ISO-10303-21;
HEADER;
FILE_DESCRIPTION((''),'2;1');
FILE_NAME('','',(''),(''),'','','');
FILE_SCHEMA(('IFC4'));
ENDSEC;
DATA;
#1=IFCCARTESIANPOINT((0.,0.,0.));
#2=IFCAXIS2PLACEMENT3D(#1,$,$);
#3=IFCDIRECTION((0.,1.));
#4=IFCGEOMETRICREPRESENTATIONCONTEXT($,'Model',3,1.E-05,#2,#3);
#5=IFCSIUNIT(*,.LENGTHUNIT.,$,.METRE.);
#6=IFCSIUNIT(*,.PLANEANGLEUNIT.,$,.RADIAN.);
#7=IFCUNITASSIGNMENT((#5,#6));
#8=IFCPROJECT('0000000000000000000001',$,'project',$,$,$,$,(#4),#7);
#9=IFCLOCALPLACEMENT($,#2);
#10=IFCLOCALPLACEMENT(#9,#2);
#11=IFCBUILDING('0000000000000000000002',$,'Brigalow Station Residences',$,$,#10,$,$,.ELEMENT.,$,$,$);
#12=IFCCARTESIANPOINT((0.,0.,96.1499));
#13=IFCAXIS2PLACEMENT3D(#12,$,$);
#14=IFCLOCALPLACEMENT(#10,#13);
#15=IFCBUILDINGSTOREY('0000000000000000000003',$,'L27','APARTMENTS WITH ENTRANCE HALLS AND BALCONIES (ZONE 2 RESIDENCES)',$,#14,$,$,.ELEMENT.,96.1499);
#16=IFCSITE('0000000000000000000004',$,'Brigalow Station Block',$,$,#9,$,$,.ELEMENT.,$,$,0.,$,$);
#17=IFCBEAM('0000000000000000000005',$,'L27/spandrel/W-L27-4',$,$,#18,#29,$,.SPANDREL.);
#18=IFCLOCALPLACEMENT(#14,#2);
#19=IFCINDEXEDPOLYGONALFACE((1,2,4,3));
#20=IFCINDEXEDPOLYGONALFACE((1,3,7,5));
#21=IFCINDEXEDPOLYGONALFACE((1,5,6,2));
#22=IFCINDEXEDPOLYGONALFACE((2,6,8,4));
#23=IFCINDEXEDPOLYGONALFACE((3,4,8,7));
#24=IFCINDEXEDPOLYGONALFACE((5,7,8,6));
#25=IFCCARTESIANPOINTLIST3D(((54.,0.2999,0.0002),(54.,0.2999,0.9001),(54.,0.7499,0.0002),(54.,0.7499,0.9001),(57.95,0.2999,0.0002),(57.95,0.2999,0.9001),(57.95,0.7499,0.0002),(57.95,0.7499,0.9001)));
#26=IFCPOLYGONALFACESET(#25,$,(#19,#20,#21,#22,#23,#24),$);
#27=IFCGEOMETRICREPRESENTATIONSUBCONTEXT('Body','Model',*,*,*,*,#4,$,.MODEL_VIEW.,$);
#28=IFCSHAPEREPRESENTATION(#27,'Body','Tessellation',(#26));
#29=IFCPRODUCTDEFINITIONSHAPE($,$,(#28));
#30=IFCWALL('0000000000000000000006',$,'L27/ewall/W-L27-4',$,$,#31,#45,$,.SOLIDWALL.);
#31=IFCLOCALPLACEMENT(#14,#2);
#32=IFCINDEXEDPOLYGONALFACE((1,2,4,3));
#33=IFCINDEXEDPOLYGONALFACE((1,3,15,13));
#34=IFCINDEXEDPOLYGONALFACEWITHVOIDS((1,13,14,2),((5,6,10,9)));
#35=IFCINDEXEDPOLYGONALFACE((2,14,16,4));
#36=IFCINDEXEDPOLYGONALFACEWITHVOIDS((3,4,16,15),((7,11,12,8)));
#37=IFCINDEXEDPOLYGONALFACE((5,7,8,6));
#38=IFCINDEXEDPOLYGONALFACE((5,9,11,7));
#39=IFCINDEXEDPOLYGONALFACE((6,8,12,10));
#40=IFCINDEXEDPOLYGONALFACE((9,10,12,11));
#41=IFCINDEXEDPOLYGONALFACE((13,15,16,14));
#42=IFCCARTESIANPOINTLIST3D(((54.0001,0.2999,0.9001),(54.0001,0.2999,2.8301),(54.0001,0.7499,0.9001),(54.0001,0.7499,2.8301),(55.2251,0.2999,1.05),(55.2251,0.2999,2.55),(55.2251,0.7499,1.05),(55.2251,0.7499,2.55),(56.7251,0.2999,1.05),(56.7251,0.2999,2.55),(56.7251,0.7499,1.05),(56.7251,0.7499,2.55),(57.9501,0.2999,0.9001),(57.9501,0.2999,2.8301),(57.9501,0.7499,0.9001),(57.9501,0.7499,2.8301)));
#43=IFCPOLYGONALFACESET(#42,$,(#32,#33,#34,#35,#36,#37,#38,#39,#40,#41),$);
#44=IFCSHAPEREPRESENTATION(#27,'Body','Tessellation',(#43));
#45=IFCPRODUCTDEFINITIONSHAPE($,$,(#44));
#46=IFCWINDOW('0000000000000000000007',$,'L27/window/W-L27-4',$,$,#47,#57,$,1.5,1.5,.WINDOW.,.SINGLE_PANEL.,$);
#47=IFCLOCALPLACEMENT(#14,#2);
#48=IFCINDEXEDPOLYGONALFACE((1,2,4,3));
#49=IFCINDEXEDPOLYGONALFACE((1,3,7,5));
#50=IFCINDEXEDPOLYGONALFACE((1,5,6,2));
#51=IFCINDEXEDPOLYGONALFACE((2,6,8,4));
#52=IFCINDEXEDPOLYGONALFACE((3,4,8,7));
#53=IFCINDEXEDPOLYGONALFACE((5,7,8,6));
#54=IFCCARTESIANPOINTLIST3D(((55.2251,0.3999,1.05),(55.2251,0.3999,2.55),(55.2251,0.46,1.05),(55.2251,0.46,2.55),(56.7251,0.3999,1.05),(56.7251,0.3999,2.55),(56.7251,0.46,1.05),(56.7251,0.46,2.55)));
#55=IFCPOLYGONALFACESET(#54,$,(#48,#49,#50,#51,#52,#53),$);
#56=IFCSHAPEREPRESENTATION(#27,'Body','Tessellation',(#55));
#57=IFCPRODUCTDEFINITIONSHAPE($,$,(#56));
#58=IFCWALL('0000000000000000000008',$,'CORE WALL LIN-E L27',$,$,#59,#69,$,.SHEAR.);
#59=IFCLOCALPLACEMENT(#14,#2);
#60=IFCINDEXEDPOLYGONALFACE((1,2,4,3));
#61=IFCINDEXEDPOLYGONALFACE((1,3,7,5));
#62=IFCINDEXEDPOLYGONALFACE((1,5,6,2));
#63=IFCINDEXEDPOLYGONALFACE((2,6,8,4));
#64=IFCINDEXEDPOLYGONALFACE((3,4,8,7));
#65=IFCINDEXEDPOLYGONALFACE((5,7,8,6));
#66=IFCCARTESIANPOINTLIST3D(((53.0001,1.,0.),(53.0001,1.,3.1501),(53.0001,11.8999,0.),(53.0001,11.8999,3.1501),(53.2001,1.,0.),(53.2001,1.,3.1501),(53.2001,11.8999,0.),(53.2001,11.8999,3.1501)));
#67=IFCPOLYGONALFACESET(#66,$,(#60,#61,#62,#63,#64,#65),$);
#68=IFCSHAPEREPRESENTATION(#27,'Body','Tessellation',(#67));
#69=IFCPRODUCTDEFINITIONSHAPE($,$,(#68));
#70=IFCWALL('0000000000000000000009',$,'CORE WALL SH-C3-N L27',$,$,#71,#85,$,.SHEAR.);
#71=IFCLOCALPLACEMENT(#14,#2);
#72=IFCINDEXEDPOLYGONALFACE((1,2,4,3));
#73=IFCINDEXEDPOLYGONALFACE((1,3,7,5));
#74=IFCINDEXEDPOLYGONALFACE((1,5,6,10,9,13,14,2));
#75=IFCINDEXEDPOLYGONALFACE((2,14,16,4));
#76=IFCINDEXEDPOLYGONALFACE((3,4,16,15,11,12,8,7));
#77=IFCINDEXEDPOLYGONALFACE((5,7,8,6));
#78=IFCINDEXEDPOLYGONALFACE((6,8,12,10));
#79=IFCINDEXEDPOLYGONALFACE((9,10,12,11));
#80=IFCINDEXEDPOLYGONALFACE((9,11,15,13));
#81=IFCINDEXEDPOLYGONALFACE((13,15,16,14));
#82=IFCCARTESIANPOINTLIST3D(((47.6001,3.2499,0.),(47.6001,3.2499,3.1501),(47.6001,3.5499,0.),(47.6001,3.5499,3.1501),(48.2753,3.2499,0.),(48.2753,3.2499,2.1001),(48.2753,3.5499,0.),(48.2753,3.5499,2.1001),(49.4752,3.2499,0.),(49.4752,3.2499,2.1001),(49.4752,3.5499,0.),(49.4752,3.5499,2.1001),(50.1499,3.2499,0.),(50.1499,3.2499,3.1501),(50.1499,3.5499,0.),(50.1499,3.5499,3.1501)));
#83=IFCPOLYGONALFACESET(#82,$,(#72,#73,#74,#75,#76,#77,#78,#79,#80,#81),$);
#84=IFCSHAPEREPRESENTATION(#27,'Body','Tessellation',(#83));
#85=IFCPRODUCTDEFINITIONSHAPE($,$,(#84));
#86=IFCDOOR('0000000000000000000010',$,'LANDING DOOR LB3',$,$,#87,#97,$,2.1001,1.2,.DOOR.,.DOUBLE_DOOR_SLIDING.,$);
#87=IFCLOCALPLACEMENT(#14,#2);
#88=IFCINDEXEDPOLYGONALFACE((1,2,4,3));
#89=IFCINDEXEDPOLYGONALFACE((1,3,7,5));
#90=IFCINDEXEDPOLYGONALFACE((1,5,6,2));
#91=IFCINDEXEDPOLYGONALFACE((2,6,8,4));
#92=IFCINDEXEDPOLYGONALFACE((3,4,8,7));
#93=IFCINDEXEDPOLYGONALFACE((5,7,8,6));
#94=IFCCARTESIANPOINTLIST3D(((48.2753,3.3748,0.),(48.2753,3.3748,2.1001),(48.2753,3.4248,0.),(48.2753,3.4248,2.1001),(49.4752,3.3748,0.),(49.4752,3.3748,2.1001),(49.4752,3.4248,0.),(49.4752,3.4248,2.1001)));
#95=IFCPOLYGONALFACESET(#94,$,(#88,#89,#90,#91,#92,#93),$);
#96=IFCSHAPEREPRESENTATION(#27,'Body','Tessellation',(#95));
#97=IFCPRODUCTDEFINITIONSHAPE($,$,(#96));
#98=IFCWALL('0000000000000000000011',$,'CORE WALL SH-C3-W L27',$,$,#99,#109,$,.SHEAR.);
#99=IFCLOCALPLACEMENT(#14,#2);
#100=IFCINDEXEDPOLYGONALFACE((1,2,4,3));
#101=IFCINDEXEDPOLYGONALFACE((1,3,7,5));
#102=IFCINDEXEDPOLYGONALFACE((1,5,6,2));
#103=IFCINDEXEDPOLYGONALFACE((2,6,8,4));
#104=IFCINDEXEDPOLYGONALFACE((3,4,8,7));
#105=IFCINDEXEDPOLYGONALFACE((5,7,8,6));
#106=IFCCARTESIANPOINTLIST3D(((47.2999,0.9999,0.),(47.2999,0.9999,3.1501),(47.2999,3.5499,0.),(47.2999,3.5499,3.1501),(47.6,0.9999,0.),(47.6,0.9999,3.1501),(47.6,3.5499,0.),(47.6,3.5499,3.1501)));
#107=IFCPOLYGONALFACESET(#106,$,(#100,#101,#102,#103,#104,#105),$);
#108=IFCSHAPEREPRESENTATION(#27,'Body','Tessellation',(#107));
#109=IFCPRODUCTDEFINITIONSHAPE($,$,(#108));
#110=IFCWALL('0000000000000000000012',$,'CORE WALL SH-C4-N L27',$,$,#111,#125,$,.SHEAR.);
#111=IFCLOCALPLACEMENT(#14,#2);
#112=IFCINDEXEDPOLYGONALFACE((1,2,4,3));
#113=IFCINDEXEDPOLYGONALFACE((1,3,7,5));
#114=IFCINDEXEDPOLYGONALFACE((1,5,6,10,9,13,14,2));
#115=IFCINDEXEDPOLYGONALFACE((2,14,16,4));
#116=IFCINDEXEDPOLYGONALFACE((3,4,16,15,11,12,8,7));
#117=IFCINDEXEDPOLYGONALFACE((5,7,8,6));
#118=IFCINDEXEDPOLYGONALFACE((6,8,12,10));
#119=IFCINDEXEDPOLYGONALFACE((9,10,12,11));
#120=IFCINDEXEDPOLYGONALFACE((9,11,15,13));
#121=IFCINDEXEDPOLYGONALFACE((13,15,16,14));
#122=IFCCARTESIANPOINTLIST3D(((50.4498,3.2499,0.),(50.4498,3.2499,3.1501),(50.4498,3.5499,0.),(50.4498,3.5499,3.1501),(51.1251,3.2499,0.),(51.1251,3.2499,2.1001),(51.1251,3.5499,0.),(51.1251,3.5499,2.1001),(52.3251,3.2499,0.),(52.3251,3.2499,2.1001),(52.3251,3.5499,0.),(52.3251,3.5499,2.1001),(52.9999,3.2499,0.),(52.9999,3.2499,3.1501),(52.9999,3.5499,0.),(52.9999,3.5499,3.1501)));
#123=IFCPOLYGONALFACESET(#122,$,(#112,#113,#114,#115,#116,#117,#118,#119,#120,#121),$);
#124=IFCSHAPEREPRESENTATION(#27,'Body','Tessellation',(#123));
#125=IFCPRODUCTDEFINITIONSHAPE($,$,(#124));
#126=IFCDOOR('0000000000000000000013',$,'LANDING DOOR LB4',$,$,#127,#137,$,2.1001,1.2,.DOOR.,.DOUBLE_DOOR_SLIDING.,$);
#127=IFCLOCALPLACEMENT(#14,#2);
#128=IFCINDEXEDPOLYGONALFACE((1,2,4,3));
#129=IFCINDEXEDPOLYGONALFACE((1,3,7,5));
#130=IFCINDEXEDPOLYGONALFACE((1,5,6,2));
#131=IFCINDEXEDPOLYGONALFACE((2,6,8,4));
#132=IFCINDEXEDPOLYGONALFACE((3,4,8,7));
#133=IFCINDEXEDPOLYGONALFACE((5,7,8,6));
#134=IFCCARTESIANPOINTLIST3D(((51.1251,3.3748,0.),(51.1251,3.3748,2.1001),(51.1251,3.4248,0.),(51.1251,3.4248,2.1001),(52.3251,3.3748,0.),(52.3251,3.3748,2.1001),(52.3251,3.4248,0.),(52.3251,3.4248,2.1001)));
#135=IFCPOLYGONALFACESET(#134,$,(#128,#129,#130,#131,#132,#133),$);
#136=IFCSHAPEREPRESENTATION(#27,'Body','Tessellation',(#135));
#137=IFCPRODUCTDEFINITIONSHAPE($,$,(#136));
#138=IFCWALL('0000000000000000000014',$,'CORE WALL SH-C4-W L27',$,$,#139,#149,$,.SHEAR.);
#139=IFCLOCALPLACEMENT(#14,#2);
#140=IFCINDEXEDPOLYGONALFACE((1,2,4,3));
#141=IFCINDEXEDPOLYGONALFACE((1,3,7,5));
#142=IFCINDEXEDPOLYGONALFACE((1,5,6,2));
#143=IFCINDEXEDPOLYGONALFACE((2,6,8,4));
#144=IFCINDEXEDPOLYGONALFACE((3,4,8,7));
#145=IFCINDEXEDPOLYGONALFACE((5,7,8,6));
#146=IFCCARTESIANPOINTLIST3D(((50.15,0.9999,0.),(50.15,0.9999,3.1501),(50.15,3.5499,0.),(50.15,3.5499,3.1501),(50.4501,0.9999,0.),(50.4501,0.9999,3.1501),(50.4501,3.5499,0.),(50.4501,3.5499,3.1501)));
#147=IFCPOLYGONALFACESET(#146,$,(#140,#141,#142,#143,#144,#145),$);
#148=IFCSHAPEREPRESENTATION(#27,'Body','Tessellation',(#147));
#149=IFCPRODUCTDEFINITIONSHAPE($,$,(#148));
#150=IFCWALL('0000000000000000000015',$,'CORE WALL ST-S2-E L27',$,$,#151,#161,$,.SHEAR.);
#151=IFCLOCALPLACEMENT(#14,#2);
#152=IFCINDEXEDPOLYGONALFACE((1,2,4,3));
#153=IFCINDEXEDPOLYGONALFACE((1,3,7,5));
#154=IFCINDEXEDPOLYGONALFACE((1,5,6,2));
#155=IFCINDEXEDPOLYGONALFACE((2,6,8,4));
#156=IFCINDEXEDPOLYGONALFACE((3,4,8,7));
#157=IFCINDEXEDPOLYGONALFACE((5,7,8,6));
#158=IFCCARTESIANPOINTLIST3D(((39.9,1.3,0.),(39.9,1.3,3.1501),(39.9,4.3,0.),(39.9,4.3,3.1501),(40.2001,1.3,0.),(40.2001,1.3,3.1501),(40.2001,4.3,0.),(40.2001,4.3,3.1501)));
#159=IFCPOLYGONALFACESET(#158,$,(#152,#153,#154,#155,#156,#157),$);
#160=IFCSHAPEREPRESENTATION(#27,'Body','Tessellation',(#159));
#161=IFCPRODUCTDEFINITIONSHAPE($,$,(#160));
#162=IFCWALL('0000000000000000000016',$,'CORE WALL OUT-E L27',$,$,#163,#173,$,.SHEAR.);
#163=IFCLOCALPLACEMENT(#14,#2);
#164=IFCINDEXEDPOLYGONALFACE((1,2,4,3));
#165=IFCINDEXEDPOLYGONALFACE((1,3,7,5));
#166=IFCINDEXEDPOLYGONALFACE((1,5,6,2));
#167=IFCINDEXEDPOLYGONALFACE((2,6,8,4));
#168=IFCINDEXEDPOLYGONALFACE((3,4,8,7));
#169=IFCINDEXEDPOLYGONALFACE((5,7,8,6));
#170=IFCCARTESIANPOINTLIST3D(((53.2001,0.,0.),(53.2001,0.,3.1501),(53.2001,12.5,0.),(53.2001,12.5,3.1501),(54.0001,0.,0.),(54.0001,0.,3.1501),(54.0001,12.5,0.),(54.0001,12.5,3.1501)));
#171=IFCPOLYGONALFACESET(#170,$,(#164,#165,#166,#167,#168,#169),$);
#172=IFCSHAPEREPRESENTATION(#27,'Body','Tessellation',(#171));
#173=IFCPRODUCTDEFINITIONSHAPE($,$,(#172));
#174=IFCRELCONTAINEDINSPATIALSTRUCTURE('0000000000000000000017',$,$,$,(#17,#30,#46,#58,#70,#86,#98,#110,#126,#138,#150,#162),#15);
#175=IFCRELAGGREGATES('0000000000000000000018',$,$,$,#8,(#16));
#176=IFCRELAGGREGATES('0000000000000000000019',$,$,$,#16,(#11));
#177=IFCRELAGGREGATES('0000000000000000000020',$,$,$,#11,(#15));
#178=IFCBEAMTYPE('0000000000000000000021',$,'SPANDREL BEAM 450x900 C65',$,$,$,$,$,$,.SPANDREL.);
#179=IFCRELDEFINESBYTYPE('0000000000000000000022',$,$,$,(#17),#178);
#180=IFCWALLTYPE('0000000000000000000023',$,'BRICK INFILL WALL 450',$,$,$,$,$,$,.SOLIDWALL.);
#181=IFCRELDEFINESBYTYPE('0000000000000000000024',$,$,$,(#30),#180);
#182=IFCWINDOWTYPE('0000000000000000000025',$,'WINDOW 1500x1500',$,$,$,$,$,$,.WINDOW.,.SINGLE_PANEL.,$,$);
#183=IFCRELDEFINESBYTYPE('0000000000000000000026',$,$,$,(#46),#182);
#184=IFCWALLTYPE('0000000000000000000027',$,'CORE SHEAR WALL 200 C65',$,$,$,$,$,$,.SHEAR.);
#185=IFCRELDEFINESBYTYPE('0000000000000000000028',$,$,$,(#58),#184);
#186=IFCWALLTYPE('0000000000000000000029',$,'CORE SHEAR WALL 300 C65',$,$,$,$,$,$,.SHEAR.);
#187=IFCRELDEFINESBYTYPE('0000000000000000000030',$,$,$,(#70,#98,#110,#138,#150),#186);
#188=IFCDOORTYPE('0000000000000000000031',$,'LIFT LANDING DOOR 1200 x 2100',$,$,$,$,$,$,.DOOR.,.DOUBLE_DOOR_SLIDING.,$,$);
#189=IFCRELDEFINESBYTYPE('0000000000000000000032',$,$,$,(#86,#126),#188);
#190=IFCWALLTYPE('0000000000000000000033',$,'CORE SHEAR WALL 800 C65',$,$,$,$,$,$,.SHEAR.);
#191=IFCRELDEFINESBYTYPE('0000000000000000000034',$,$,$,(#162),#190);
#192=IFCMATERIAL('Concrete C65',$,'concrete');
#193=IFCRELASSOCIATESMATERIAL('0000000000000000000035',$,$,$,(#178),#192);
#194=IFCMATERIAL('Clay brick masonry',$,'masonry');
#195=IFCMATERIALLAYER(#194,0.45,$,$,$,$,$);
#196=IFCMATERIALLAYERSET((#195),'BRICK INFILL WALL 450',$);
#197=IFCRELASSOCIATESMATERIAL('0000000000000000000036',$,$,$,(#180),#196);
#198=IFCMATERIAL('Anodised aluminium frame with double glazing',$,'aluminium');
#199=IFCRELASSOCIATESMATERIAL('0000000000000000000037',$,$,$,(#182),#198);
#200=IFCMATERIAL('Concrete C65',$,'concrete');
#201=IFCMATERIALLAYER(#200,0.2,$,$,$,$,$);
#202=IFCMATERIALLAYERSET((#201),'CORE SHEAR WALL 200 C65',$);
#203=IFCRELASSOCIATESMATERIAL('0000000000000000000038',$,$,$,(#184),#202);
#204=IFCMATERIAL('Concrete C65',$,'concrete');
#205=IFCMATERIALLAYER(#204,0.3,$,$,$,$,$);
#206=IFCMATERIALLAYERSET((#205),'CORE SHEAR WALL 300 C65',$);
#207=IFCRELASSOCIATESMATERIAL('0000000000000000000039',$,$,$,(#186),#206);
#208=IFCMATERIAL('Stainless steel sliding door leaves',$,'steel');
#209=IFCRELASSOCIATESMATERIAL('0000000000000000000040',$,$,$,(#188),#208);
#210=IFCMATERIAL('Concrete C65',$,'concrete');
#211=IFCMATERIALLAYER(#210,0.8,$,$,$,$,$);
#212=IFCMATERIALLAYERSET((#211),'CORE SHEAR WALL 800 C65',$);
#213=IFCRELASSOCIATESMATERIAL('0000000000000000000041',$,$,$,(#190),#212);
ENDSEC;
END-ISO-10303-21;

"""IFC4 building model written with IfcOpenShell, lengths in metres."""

from ifc_helpers import new_model, si_unit, direction, frame, frame_2d, origin, origin_2d, place, context, subcontext, project, spatial, rectangle, extrude, material, layer, layer_set, material_profile, profile_set, type_object, element, fill, save


model = new_model("IFC4")

# Units and contexts
model_context = context("Model", 3, precision=1e-05, world=origin(), true_north=direction((0.0, 1.0)))
body_context = subcontext(model_context, "Body", "Model", "MODEL_VIEW")
ifc_project = project(units=[si_unit("LENGTHUNIT", "METRE"), si_unit("PLANEANGLEUNIT", "RADIAN")], contexts=[model_context])

# Site, building, storey
site_placement = place(None, origin())
site = spatial("IfcSite", under=ifc_project, at=site_placement, Name="Brigalow Station Block", CompositionType="ELEMENT", RefElevation=0.0)
building_placement = place(site_placement, origin())
building = spatial("IfcBuilding", under=site, at=building_placement, Name="Brigalow Station Residences", CompositionType="ELEMENT")
storey_placement = place(building_placement, frame((0.0, 0.0, 96.1499)))
storey = spatial("IfcBuildingStorey", under=building, at=storey_placement, Name="L27", Description="APARTMENTS WITH ENTRANCE HALLS AND BALCONIES (ZONE 2 RESIDENCES)", CompositionType="ELEMENT", Elevation=96.1499)

# Beam
ifc_material_1 = material(Name="Concrete C65", Category="concrete")
ifc_material_profile = material_profile(ifc_material_1, rectangle(XDim=0.45, YDim=0.8999, at=origin_2d()), Name="RC450x900")
ifc_profile_set = profile_set([ifc_material_profile], Name="Concrete C65")
beam_type = type_object("IfcBeamType", Name="SPANDREL BEAM 450x900 C65", PredefinedType="SPANDREL", material=ifc_profile_set)
beam_placement = place(storey_placement, frame((54.0, 0.5249, 0.4502), z_axis=(1.0, 0.0, 0.0), x_axis=(0.0, 1.0, 0.0)))
element("IfcBeam", 1, at=beam_placement, inside=storey, type_object=beam_type, Name="L27/spandrel/W-L27-4", PredefinedType="SPANDREL", context=body_context, shape_type="SweptSolid", body=[
    extrude(rectangle(XDim=0.45, YDim=0.8999, at=origin_2d()), origin(), (0.0, 0.0, 1.0), 3.95),
])

# Wall, opening, window
ifc_material_2 = material(Name="Clay brick masonry", Category="masonry")
ifc_layer_1 = layer(ifc_material_2, 0.45)
ifc_layer_set_1 = layer_set([ifc_layer_1], Name="BRICK INFILL WALL 450")
wall_type_1 = type_object("IfcWallType", Name="BRICK INFILL WALL 450", PredefinedType="SOLIDWALL", material=ifc_layer_set_1)
wall_1_placement = place(storey_placement, frame((54.0, 0.5249, 0.9001), z_axis=(0.0, 0.0, 1.0), x_axis=(1.0, 0.0, 0.0)))
wall_1 = element("IfcWall", 2, at=wall_1_placement, inside=storey, type_object=wall_type_1, Name="L27/ewall/W-L27-4", PredefinedType="SOLIDWALL", context=body_context, shape_type="SweptSolid", body=[
    extrude(rectangle(XDim=3.95, YDim=0.45, at=frame_2d((1.9751, 0.0))), origin(), (0.0, 0.0, 1.0), 1.9299),
])
opening_1_placement = place(wall_1_placement, frame((1.2251, 0.0, 0.1499)))
opening_1 = element("IfcOpeningElement", 3, at=opening_1_placement, cuts=wall_1, PredefinedType="OPENING", context=body_context, shape_type="SweptSolid", body=[
    extrude(rectangle(XDim=1.5, YDim=1.5, at=frame_2d((0.75, 0.75))), frame((0.0, 0.2349, 0.0), z_axis=(0.0, -1.0, 0.0), x_axis=(1.0, 0.0, 0.0)), (0.0, 0.0, 1.0), 0.47),
])
ifc_material_3 = material(Name="Anodised aluminium frame with double glazing", Category="aluminium")
window_type = type_object("IfcWindowType", Name="WINDOW 1500x1500", PartitioningType="SINGLE_PANEL", PredefinedType="WINDOW", material=ifc_material_3)
window_placement = place(opening_1_placement, origin())
window = element("IfcWindow", 4, at=window_placement, inside=storey, type_object=window_type, Name="L27/window/W-L27-4", OverallHeight=1.5, OverallWidth=1.5, PartitioningType="SINGLE_PANEL", PredefinedType="WINDOW", context=body_context, shape_type="SweptSolid", body=[
    extrude(rectangle(XDim=1.5, YDim=1.5, at=frame_2d((0.75, 0.75))), frame((0.0, -0.0649, 0.0), z_axis=(0.0, -1.0, 0.0), x_axis=(1.0, 0.0, 0.0)), (0.0, 0.0, 1.0), 0.0601),
])
fill(opening_1, window)

# Wall
ifc_material_4 = material(Name="Concrete C65", Category="concrete")
ifc_layer_2 = layer(ifc_material_4, 0.2)
ifc_layer_set_2 = layer_set([ifc_layer_2], Name="CORE SHEAR WALL 200 C65")
wall_type_2 = type_object("IfcWallType", Name="CORE SHEAR WALL 200 C65", PredefinedType="SHEAR", material=ifc_layer_set_2)
wall_2_placement = place(storey_placement, frame((53.1001, 1.0, 0.0), z_axis=(0.0, 0.0, 1.0), x_axis=(0.0, 1.0, 0.0)))
element("IfcWall", 5, at=wall_2_placement, inside=storey, type_object=wall_type_2, Name="CORE WALL LIN-E L27", PredefinedType="SHEAR", context=body_context, shape_type="SweptSolid", body=[
    extrude(rectangle(XDim=10.8999, YDim=0.2, at=frame_2d((5.45, 0.0))), origin(), (0.0, 0.0, 1.0), 3.1501),
])

# Wall, opening, door
ifc_material_5 = material(Name="Concrete C65", Category="concrete")
ifc_layer_3 = layer(ifc_material_5, 0.3)
ifc_layer_set_3 = layer_set([ifc_layer_3], Name="CORE SHEAR WALL 300 C65")
wall_type_3 = type_object("IfcWallType", Name="CORE SHEAR WALL 300 C65", PredefinedType="SHEAR", material=ifc_layer_set_3)
wall_3_placement = place(storey_placement, frame((47.6001, 3.3999, 0.0), z_axis=(0.0, 0.0, 1.0), x_axis=(1.0, 0.0, 0.0)))
wall_3 = element("IfcWall", 6, at=wall_3_placement, inside=storey, type_object=wall_type_3, Name="CORE WALL SH-C3-N L27", PredefinedType="SHEAR", context=body_context, shape_type="SweptSolid", body=[
    extrude(rectangle(XDim=2.5498, YDim=0.3, at=frame_2d((1.2749, 0.0))), origin(), (0.0, 0.0, 1.0), 3.1501),
])
opening_2_placement = place(wall_3_placement, frame((0.675, 0.0, 0.0)))
opening_2 = element("IfcOpeningElement", 7, at=opening_2_placement, cuts=wall_3, PredefinedType="OPENING", context=body_context, shape_type="SweptSolid", body=[
    extrude(rectangle(XDim=1.2, YDim=2.1001, at=frame_2d((0.6001, 1.05))), frame((0.0, 0.1602, 0.0), z_axis=(0.0, -1.0, 0.0), x_axis=(1.0, 0.0, 0.0)), (0.0, 0.0, 1.0), 0.3201),
])
ifc_material_6 = material(Name="Stainless steel sliding door leaves", Category="steel")
door_type_1 = type_object("IfcDoorType", Name="LIFT LANDING DOOR 1200 x 2100", OperationType="DOUBLE_DOOR_SLIDING", PredefinedType="DOOR", material=ifc_material_6)
door_1_placement = place(opening_2_placement, origin())
door_1 = element("IfcDoor", 8, at=door_1_placement, inside=storey, type_object=door_type_1, Name="LANDING DOOR LB3", OperationType="DOUBLE_DOOR_SLIDING", OverallHeight=2.1001, OverallWidth=1.2, PredefinedType="DOOR", context=body_context, shape_type="SweptSolid", body=[
    extrude(rectangle(XDim=1.2, YDim=2.1001, at=frame_2d((0.6001, 1.05))), frame((0.0, 0.0249, 0.0), z_axis=(0.0, -1.0, 0.0), x_axis=(1.0, 0.0, 0.0)), (0.0, 0.0, 1.0), 0.05),
])
fill(opening_2, door_1)

# Wall
wall_4_placement = place(storey_placement, frame((47.45, 1.0, 0.0), z_axis=(0.0, 0.0, 1.0), x_axis=(0.0, 1.0, 0.0)))
element("IfcWall", 9, at=wall_4_placement, inside=storey, type_object=wall_type_3, Name="CORE WALL SH-C3-W L27", PredefinedType="SHEAR", context=body_context, shape_type="SweptSolid", body=[
    extrude(rectangle(XDim=2.55, YDim=0.3, at=frame_2d((1.2749, 0.0))), origin(), (0.0, 0.0, 1.0), 3.1501),
])

# Wall, opening, door
wall_5_placement = place(storey_placement, frame((50.45, 3.3999, 0.0), z_axis=(0.0, 0.0, 1.0), x_axis=(1.0, 0.0, 0.0)))
wall_5 = element("IfcWall", 10, at=wall_5_placement, inside=storey, type_object=wall_type_3, Name="CORE WALL SH-C4-N L27", PredefinedType="SHEAR", context=body_context, shape_type="SweptSolid", body=[
    extrude(rectangle(XDim=2.55, YDim=0.3, at=frame_2d((1.2749, 0.0))), origin(), (0.0, 0.0, 1.0), 3.1501),
])
opening_3_placement = place(wall_5_placement, frame((0.675, 0.0, 0.0)))
opening_3 = element("IfcOpeningElement", 11, at=opening_3_placement, cuts=wall_5, PredefinedType="OPENING", context=body_context, shape_type="SweptSolid", body=[
    extrude(rectangle(XDim=1.2, YDim=2.1001, at=frame_2d((0.6001, 1.05))), frame((0.0, 0.1602, 0.0), z_axis=(0.0, -1.0, 0.0), x_axis=(1.0, 0.0, 0.0)), (0.0, 0.0, 1.0), 0.3201),
])
door_2_placement = place(opening_3_placement, origin())
door_2 = element("IfcDoor", 12, at=door_2_placement, inside=storey, type_object=door_type_1, Name="LANDING DOOR LB4", OperationType="DOUBLE_DOOR_SLIDING", OverallHeight=2.1001, OverallWidth=1.2, PredefinedType="DOOR", context=body_context, shape_type="SweptSolid", body=[
    extrude(rectangle(XDim=1.2, YDim=2.1001, at=frame_2d((0.6001, 1.05))), frame((0.0, 0.0249, 0.0), z_axis=(0.0, -1.0, 0.0), x_axis=(1.0, 0.0, 0.0)), (0.0, 0.0, 1.0), 0.05),
])
fill(opening_3, door_2)

# Walls
wall_6_placement = place(storey_placement, frame((50.3, 1.0, 0.0), z_axis=(0.0, 0.0, 1.0), x_axis=(0.0, 1.0, 0.0)))
element("IfcWall", 13, at=wall_6_placement, inside=storey, type_object=wall_type_3, Name="CORE WALL SH-C4-W L27", PredefinedType="SHEAR", context=body_context, shape_type="SweptSolid", body=[
    extrude(rectangle(XDim=2.55, YDim=0.3, at=frame_2d((1.2749, 0.0))), origin(), (0.0, 0.0, 1.0), 3.1501),
])
wall_7_placement = place(storey_placement, frame((40.05, 1.3, 0.0), z_axis=(0.0, 0.0, 1.0), x_axis=(0.0, 1.0, 0.0)))
element("IfcWall", 14, at=wall_7_placement, inside=storey, type_object=wall_type_3, Name="CORE WALL ST-S2-E L27", PredefinedType="SHEAR", context=body_context, shape_type="SweptSolid", body=[
    extrude(rectangle(XDim=3.0, YDim=0.3, at=frame_2d((1.5, 0.0))), origin(), (0.0, 0.0, 1.0), 3.1501),
])
ifc_material_7 = material(Name="Concrete C65", Category="concrete")
ifc_layer_4 = layer(ifc_material_7, 0.8)
ifc_layer_set_4 = layer_set([ifc_layer_4], Name="CORE SHEAR WALL 800 C65")
wall_type_4 = type_object("IfcWallType", Name="CORE SHEAR WALL 800 C65", PredefinedType="SHEAR", material=ifc_layer_set_4)
wall_8_placement = place(storey_placement, frame((53.6001, 0.0, 0.0), z_axis=(0.0, 0.0, 1.0), x_axis=(0.0, 1.0, 0.0)))
element("IfcWall", 15, at=wall_8_placement, inside=storey, type_object=wall_type_4, Name="CORE WALL OUT-E L27", PredefinedType="SHEAR", context=body_context, shape_type="SweptSolid", body=[
    extrude(rectangle(XDim=12.5, YDim=0.8, at=frame_2d((6.25, 0.0))), origin(), (0.0, 0.0, 1.0), 3.1501),
])

save(model, "model.ifc")
